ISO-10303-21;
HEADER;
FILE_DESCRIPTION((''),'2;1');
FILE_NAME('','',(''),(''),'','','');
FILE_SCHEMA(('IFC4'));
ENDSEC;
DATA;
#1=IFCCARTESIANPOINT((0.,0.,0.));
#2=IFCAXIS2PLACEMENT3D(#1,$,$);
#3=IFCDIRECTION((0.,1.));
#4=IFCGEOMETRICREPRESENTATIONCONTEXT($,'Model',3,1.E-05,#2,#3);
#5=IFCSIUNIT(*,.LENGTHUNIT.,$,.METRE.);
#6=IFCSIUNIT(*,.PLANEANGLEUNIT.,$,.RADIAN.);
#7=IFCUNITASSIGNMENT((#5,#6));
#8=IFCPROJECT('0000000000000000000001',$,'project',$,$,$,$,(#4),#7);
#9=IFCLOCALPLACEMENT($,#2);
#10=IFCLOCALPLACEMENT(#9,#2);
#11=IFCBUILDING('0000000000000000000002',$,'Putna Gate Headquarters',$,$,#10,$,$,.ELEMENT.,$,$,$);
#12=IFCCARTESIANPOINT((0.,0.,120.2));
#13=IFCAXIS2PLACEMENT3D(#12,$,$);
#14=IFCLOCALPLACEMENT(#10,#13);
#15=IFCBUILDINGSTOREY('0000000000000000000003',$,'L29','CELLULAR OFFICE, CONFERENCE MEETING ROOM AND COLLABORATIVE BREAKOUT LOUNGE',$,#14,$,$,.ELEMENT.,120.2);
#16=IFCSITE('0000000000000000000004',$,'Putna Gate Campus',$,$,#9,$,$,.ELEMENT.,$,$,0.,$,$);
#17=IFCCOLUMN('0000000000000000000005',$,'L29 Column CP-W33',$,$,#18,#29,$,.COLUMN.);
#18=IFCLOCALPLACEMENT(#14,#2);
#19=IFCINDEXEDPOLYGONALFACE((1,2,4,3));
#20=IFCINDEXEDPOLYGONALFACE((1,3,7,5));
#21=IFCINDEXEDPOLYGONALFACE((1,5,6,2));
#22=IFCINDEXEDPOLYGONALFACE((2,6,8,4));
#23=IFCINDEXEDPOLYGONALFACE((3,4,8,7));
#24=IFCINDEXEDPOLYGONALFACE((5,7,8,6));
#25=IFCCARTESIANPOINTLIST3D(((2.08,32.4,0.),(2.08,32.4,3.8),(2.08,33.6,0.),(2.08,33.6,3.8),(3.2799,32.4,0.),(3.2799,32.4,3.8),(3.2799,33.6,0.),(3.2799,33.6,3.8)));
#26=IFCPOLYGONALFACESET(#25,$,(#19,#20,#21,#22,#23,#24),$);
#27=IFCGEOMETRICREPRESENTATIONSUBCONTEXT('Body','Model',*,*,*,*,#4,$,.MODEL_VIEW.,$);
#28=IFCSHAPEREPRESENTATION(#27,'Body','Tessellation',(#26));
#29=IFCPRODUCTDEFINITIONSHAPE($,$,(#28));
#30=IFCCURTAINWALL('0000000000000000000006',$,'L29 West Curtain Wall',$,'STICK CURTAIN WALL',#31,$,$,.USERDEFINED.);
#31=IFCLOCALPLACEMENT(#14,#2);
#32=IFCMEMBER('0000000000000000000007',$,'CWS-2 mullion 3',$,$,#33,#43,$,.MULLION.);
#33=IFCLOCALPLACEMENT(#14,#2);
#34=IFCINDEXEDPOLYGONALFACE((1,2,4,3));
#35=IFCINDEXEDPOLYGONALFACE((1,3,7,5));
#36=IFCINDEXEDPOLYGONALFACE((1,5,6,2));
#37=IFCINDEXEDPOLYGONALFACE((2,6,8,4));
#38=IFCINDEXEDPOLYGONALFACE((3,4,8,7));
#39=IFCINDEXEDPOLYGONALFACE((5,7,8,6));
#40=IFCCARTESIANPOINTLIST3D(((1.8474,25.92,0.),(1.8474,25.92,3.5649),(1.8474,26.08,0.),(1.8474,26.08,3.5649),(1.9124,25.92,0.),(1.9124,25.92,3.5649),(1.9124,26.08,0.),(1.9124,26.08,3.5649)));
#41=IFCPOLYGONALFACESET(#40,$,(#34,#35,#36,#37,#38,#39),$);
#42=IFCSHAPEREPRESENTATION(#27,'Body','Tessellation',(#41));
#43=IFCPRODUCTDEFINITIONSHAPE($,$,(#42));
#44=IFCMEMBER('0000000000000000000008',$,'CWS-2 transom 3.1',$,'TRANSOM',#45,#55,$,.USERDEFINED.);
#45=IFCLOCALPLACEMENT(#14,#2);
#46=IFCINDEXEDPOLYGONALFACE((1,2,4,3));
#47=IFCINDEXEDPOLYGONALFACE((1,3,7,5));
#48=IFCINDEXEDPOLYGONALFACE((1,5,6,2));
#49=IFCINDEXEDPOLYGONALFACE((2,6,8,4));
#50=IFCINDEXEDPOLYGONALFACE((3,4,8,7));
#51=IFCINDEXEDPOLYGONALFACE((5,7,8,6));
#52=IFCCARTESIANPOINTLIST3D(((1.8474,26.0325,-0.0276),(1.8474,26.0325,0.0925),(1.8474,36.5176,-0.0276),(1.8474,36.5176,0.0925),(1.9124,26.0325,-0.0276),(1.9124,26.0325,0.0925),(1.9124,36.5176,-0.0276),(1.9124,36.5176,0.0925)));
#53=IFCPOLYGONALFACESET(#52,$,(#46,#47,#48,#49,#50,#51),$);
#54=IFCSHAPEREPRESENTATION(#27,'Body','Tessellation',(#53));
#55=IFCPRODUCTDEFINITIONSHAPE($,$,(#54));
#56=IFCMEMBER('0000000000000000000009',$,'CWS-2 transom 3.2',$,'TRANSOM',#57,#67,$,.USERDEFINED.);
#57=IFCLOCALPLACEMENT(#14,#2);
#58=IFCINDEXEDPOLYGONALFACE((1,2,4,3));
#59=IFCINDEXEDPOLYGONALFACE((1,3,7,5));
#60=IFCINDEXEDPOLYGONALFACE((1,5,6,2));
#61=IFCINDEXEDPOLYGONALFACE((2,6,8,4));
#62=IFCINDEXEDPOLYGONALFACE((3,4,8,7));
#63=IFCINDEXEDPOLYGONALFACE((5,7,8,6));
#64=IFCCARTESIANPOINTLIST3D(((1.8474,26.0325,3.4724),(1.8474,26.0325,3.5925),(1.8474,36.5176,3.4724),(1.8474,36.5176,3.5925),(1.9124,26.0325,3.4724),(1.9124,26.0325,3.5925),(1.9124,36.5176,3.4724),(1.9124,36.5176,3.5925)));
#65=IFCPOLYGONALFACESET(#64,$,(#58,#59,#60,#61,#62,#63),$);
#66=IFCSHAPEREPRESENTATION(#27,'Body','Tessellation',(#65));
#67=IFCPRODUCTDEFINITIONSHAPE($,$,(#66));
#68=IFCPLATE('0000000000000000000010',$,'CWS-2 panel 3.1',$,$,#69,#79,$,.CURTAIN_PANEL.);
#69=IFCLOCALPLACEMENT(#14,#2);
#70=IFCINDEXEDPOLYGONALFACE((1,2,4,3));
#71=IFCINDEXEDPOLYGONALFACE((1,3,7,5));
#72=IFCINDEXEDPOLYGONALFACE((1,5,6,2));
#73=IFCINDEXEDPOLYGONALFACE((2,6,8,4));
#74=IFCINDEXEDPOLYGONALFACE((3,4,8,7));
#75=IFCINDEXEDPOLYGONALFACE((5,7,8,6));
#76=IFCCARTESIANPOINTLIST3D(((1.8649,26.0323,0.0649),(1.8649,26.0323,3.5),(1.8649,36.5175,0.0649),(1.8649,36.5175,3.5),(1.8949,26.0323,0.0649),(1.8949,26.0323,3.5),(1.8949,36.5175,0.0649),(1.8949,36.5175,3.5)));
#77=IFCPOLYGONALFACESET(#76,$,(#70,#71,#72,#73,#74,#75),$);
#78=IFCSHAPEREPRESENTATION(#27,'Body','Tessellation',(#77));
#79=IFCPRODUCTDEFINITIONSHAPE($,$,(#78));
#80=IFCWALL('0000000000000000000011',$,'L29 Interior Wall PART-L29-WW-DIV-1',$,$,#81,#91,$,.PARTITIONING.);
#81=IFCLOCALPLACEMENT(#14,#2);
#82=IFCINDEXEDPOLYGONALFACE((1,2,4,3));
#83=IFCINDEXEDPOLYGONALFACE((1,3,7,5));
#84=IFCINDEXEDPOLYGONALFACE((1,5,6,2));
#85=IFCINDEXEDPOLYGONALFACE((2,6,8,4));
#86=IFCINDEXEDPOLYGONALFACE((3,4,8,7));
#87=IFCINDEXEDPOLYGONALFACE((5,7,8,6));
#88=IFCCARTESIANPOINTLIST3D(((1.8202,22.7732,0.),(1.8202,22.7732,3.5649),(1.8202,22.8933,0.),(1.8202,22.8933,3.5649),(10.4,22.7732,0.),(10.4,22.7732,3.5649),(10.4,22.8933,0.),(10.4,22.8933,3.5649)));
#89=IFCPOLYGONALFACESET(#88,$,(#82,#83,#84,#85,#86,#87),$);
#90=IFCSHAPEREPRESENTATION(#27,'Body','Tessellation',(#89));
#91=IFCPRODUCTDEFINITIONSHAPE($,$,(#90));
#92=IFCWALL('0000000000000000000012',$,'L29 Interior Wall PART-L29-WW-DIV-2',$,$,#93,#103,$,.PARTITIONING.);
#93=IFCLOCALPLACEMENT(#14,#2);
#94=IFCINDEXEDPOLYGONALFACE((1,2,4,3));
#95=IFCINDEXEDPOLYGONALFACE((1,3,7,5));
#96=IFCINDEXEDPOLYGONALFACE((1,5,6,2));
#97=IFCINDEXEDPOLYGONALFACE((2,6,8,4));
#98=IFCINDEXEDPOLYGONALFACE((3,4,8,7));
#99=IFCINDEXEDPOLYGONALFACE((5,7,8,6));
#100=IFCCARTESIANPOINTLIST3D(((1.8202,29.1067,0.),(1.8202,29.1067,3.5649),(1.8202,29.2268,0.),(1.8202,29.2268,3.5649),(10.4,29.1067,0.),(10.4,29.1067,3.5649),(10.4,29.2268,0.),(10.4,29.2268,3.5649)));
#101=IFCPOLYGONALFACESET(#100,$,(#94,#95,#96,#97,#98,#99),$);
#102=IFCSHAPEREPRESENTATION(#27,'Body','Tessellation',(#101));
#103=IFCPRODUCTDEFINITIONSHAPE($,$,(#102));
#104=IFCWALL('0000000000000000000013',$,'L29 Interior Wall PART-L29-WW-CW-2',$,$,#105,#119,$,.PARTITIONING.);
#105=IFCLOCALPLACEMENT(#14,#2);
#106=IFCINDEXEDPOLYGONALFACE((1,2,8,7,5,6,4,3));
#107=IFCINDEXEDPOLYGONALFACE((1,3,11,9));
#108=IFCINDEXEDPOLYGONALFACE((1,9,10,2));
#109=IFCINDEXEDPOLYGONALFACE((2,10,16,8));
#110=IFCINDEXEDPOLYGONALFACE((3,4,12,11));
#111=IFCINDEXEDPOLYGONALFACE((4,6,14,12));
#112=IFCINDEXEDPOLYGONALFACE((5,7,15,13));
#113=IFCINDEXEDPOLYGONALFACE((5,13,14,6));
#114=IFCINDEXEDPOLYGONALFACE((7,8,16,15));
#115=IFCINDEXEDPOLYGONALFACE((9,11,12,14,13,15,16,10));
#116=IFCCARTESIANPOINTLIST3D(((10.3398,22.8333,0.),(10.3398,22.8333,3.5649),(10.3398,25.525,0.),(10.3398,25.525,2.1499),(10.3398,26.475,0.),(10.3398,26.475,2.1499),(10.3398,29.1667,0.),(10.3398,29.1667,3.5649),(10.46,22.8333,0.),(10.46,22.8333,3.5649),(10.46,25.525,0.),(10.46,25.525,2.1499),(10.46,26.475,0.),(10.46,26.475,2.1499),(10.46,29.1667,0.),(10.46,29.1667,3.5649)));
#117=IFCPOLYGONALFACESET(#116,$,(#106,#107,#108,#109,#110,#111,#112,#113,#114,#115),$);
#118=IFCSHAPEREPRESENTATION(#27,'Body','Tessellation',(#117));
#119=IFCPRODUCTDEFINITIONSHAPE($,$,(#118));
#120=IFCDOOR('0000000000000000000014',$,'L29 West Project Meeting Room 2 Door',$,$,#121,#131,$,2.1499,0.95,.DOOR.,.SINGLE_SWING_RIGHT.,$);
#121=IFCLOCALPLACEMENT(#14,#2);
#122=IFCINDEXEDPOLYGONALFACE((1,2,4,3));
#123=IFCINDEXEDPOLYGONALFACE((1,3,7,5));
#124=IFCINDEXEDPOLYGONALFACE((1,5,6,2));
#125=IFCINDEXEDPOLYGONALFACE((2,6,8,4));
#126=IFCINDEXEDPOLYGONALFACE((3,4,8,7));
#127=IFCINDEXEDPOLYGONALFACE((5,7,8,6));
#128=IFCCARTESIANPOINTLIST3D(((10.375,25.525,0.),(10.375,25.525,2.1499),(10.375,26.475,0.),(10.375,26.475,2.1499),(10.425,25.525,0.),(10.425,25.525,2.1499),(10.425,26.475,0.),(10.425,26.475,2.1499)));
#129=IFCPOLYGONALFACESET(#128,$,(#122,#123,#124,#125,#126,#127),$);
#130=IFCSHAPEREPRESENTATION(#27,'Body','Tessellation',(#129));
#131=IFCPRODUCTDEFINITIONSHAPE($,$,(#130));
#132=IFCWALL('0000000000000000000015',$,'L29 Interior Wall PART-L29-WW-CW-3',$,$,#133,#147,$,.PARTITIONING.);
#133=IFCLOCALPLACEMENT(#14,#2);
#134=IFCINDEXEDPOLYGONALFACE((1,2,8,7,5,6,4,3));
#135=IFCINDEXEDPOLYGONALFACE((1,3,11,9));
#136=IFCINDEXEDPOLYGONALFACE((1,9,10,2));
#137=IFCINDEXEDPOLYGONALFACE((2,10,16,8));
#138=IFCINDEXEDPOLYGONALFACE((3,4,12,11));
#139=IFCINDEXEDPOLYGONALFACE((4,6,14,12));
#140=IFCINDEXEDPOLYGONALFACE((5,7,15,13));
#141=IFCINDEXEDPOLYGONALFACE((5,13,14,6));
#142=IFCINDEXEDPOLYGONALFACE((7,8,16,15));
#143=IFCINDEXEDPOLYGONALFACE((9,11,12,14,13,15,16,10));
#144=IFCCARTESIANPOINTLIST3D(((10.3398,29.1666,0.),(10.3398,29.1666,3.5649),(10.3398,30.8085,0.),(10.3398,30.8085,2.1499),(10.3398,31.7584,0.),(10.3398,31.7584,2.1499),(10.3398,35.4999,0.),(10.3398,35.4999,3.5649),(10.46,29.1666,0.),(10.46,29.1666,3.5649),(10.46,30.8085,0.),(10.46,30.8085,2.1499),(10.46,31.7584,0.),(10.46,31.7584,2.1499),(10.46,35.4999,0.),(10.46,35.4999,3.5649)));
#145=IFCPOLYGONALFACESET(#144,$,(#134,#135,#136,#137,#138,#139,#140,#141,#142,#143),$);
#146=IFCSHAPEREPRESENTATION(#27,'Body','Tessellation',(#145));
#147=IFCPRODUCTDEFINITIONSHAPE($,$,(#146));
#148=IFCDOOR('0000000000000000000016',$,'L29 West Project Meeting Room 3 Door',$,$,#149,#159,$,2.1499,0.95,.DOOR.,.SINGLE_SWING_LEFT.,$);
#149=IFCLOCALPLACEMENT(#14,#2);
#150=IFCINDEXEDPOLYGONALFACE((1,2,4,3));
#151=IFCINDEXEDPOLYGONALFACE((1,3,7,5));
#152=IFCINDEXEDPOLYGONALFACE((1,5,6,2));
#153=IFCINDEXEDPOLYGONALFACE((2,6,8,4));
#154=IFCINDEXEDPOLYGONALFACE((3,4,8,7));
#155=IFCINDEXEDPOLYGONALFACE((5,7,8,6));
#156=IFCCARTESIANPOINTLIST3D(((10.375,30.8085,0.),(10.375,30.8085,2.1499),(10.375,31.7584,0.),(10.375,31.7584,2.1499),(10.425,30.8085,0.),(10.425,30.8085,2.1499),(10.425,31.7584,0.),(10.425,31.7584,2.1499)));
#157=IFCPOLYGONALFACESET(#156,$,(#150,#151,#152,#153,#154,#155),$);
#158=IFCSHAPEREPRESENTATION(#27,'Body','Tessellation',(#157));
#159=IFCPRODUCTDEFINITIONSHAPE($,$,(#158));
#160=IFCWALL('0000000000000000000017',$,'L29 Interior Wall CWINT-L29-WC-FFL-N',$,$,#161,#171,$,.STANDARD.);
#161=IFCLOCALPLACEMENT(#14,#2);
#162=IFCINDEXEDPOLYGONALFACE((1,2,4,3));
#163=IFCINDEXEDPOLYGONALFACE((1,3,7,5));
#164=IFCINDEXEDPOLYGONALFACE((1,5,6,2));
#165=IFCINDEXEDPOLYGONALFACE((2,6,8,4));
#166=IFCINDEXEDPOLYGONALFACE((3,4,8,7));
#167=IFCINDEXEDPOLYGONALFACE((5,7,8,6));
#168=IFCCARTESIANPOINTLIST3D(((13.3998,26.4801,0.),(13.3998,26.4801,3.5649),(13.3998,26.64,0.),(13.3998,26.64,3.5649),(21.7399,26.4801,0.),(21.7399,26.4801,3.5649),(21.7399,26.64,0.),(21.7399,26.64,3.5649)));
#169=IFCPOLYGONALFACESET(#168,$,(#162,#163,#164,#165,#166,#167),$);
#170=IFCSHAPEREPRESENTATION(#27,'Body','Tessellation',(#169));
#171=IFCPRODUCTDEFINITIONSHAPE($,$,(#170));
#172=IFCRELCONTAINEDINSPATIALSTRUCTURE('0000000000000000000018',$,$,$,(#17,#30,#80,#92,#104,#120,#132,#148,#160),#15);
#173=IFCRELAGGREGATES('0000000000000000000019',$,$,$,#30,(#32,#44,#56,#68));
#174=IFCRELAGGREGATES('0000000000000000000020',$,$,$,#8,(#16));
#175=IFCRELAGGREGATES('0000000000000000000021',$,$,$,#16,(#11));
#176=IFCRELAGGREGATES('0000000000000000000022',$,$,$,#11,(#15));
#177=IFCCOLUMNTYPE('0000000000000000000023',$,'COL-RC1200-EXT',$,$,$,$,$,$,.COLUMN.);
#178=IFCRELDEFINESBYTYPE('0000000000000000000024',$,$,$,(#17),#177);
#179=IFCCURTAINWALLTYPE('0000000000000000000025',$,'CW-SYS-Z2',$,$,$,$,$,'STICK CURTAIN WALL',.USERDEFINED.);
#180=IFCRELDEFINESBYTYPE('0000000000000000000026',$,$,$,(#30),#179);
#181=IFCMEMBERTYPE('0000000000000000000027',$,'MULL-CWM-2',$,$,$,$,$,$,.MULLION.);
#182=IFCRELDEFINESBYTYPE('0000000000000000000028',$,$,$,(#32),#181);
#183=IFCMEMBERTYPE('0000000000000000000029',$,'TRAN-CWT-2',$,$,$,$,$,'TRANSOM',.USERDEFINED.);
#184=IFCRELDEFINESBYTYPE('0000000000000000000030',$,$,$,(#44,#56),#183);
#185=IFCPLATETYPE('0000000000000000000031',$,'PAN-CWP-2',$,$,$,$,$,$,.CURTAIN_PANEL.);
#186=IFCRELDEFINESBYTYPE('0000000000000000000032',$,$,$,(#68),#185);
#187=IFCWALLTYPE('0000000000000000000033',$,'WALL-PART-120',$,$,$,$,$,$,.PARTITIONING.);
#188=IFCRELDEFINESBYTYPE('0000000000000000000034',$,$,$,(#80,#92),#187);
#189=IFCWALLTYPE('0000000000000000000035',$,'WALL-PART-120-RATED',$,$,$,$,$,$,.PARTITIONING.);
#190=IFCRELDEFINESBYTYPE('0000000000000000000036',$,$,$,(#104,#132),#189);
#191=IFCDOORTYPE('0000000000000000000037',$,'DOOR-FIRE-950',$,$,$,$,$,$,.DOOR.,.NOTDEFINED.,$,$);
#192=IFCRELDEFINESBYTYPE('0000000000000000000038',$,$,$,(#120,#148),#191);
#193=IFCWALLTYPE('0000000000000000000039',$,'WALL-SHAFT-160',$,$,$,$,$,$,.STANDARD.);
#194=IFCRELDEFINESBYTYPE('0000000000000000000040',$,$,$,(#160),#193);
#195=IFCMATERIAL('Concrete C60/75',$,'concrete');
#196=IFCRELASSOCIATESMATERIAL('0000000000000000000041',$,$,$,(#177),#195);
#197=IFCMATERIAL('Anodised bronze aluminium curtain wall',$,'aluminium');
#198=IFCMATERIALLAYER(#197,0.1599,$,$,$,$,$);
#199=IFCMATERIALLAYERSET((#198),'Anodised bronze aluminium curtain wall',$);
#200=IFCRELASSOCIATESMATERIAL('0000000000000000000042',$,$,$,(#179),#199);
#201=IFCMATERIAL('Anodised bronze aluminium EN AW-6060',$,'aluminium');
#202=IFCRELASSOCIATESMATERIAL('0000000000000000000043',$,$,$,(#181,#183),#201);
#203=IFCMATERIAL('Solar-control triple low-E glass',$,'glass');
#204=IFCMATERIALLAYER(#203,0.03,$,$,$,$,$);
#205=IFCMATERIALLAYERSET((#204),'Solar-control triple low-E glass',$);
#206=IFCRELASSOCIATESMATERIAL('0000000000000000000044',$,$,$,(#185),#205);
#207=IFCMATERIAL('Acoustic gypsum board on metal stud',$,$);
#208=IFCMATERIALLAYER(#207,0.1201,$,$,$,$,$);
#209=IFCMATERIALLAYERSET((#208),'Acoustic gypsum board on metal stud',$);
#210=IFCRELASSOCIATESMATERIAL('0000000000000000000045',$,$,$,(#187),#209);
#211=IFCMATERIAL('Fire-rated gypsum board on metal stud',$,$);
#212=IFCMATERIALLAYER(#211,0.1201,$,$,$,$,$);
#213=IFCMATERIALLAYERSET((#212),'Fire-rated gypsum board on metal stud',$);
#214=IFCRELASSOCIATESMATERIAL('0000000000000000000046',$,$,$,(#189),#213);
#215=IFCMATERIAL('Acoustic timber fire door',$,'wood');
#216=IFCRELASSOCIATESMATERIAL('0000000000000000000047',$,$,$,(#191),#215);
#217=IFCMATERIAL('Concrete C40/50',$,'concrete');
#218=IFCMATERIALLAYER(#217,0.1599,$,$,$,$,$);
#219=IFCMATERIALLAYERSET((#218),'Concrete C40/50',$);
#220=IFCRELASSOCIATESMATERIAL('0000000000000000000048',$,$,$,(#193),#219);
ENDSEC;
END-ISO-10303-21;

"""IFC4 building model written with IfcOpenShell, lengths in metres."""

from ifc_helpers import new_model, si_unit, direction, frame, frame_2d, origin, origin_2d, place, context, subcontext, project, spatial, rectangle, extrude, material, layer, layer_set, material_profile, profile_set, type_object, element, fill, aggregate, save


model = new_model("IFC4")

# Units and contexts
model_context = context("Model", 3, precision=1e-05, world=origin(), true_north=direction((0.0, 1.0)))
body_context = subcontext(model_context, "Body", "Model", "MODEL_VIEW")
ifc_project = project(units=[si_unit("LENGTHUNIT", "METRE"), si_unit("PLANEANGLEUNIT", "RADIAN")], contexts=[model_context])

# Site, building, storey
site_placement = place(None, origin())
site = spatial("IfcSite", under=ifc_project, at=site_placement, Name="Putna Gate Campus", CompositionType="ELEMENT", RefElevation=0.0)
building_placement = place(site_placement, origin())
building = spatial("IfcBuilding", under=site, at=building_placement, Name="Putna Gate Headquarters", CompositionType="ELEMENT")
storey_placement = place(building_placement, frame((0.0, 0.0, 120.2)))
storey = spatial("IfcBuildingStorey", under=building, at=storey_placement, Name="L29", Description="CELLULAR OFFICE, CONFERENCE MEETING ROOM AND COLLABORATIVE BREAKOUT LOUNGE", CompositionType="ELEMENT", Elevation=120.2)

# Column
ifc_material_1 = material(Name="Concrete C60/75", Category="concrete")
ifc_material_profile_1 = material_profile(ifc_material_1, rectangle(XDim=1.2, YDim=1.2, at=origin_2d()), Name="Concrete C60/75")
ifc_profile_set_1 = profile_set([ifc_material_profile_1], Name="Concrete C60/75")
column_type = type_object("IfcColumnType", Name="COL-RC1200-EXT", PredefinedType="COLUMN", material=ifc_profile_set_1)
column_placement = place(storey_placement, frame((2.6799, 33.0, 0.0), z_axis=(0.0, 0.0, 1.0), x_axis=(1.0, 0.0, 0.0)))
element("IfcColumn", 1, at=column_placement, inside=storey, type_object=column_type, Name="L29 Column CP-W33", PredefinedType="COLUMN", context=body_context, shape_type="SweptSolid", body=[
    extrude(rectangle(XDim=1.2, YDim=1.2, at=origin_2d()), origin(), (0.0, 0.0, 1.0), 3.8),
])

# Curtain wall, members, plate
ifc_material_2 = material(Name="Anodised bronze aluminium curtain wall", Category="aluminium")
ifc_layer_1 = layer(ifc_material_2, 0.1599)
ifc_layer_set_1 = layer_set([ifc_layer_1], Name="Anodised bronze aluminium curtain wall")
curtain_wall_type = type_object("IfcCurtainWallType", Name="CW-SYS-Z2", ElementType="STICK CURTAIN WALL", PredefinedType="USERDEFINED", material=ifc_layer_set_1)
curtain_wall_placement = place(storey_placement, origin())
curtain_wall = element("IfcCurtainWall", 2, at=curtain_wall_placement, inside=storey, type_object=curtain_wall_type, Name="L29 West Curtain Wall", ObjectType="STICK CURTAIN WALL", PredefinedType="USERDEFINED")
ifc_material_3 = material(Name="Anodised bronze aluminium EN AW-6060", Category="aluminium")
ifc_material_profile_2 = material_profile(ifc_material_3, rectangle(XDim=0.0649, YDim=0.1599, at=origin_2d()), Name="Anodised bronze aluminium EN AW-6060")
ifc_profile_set_2 = profile_set([ifc_material_profile_2], Name="Anodised bronze aluminium EN AW-6060")
member_type_1 = type_object("IfcMemberType", Name="MULL-CWM-2", PredefinedType="MULLION", material=ifc_profile_set_2)
member_1_placement = place(storey_placement, frame((1.8799, 26.0, 0.0), z_axis=(0.0, 0.0, 1.0), x_axis=(-1.0, 0.0, 0.0)))
member_1 = element("IfcMember", 3, at=member_1_placement, type_object=member_type_1, Name="CWS-2 mullion 3", PredefinedType="MULLION", context=body_context, shape_type="SweptSolid", body=[
    extrude(rectangle(XDim=0.0649, YDim=0.1599, at=origin_2d()), origin(), (0.0, 0.0, 1.0), 3.5649),
])
ifc_material_profile_3 = material_profile(ifc_material_3, rectangle(XDim=0.0649, YDim=0.1201, at=origin_2d()), Name="Anodised bronze aluminium EN AW-6060")
ifc_profile_set_3 = profile_set([ifc_material_profile_3], Name="Anodised bronze aluminium EN AW-6060")
member_type_2 = type_object("IfcMemberType", Name="TRAN-CWT-2", ElementType="TRANSOM", PredefinedType="USERDEFINED", material=ifc_profile_set_3)
member_2_placement = place(storey_placement, frame((1.8799, 26.0325, 0.0325), z_axis=(0.0, 1.0, 0.0), x_axis=(-1.0, 0.0, 0.0)))
member_2 = element("IfcMember", 4, at=member_2_placement, type_object=member_type_2, Name="CWS-2 transom 3.1", ObjectType="TRANSOM", PredefinedType="USERDEFINED", context=body_context, shape_type="SweptSolid", body=[
    extrude(rectangle(XDim=0.0649, YDim=0.1201, at=origin_2d()), origin(), (0.0, 0.0, 1.0), 10.4851),
])
member_3_placement = place(storey_placement, frame((1.8799, 26.0325, 3.5325), z_axis=(0.0, 1.0, 0.0), x_axis=(-1.0, 0.0, 0.0)))
member_3 = element("IfcMember", 5, at=member_3_placement, type_object=member_type_2, Name="CWS-2 transom 3.2", ObjectType="TRANSOM", PredefinedType="USERDEFINED", context=body_context, shape_type="SweptSolid", body=[
    extrude(rectangle(XDim=0.0649, YDim=0.1201, at=origin_2d()), origin(), (0.0, 0.0, 1.0), 10.4851),
])
ifc_material_4 = material(Name="Solar-control triple low-E glass", Category="glass")
ifc_layer_2 = layer(ifc_material_4, 0.03)
ifc_layer_set_2 = layer_set([ifc_layer_2], Name="Solar-control triple low-E glass")
plate_type = type_object("IfcPlateType", Name="PAN-CWP-2", PredefinedType="CURTAIN_PANEL", material=ifc_layer_set_2)
plate_placement = place(storey_placement, frame((1.8799, 31.2749, 0.0649), z_axis=(0.0, 0.0, 1.0), x_axis=(0.0, 1.0, 0.0)))
plate = element("IfcPlate", 6, at=plate_placement, type_object=plate_type, Name="CWS-2 panel 3.1", PredefinedType="CURTAIN_PANEL", context=body_context, shape_type="SweptSolid", body=[
    extrude(rectangle(XDim=10.4851, YDim=0.03, at=origin_2d()), origin(), (0.0, 0.0, 1.0), 3.4351),
])
aggregate(curtain_wall, [member_1, member_2, member_3, plate])

# Walls
ifc_material_5 = material(Name="Acoustic gypsum board on metal stud")
ifc_layer_3 = layer(ifc_material_5, 0.1201)
ifc_layer_set_3 = layer_set([ifc_layer_3], Name="Acoustic gypsum board on metal stud")
wall_type_1 = type_object("IfcWallType", Name="WALL-PART-120", PredefinedType="PARTITIONING", material=ifc_layer_set_3)
for number, where, z_axis, x_axis, name in (
    (7, (1.8201, 22.8333, 0.0), (0.0, 0.0, 1.0), (1.0, 0.0, 0.0), "L29 Interior Wall PART-L29-WW-DIV-1"),
    (8, (1.8201, 29.1667, 0.0), (0.0, 0.0, 1.0), (1.0, 0.0, 0.0), "L29 Interior Wall PART-L29-WW-DIV-2"),
):
    element("IfcWall", number, at=place(storey_placement, frame(where, z_axis=z_axis, x_axis=x_axis)), inside=storey, type_object=wall_type_1, Name=name, PredefinedType="PARTITIONING", context=body_context, shape_type="SweptSolid", body=[
        extrude(rectangle(XDim=8.5798, YDim=0.1201, at=frame_2d((4.29, 0.0))), origin(), (0.0, 0.0, 1.0), 3.5649),
    ])

# Walls, openings, doors
ifc_material_6 = material(Name="Fire-rated gypsum board on metal stud")
ifc_layer_4 = layer(ifc_material_6, 0.1201)
ifc_layer_set_4 = layer_set([ifc_layer_4], Name="Fire-rated gypsum board on metal stud")
wall_type_2 = type_object("IfcWallType", Name="WALL-PART-120-RATED", PredefinedType="PARTITIONING", material=ifc_layer_set_4)
wall_1_placement = place(storey_placement, frame((10.3999, 22.8333, 0.0), z_axis=(0.0, 0.0, 1.0), x_axis=(0.0, 1.0, 0.0)))
wall_1 = element("IfcWall", 9, at=wall_1_placement, inside=storey, type_object=wall_type_2, Name="L29 Interior Wall PART-L29-WW-CW-2", PredefinedType="PARTITIONING", context=body_context, shape_type="SweptSolid", body=[
    extrude(rectangle(XDim=6.3335, YDim=0.1201, at=frame_2d((3.1667, 0.0))), origin(), (0.0, 0.0, 1.0), 3.5649),
])
opening_1_placement = place(wall_1_placement, frame((2.6917, 0.0, 0.0)))
opening_1 = element("IfcOpeningElement", 10, at=opening_1_placement, cuts=wall_1, PredefinedType="OPENING", context=body_context, shape_type="SweptSolid", body=[
    extrude(rectangle(XDim=0.95, YDim=2.1499, at=frame_2d((0.4751, 1.075))), frame((0.0, 0.0701, 0.0), z_axis=(0.0, -1.0, 0.0), x_axis=(1.0, 0.0, 0.0)), (0.0, 0.0, 1.0), 0.1401),
])
ifc_material_7 = material(Name="Acoustic timber fire door", Category="wood")
door_type_1 = type_object("IfcDoorType", Name="DOOR-FIRE-950", OperationType="NOTDEFINED", PredefinedType="DOOR", material=ifc_material_7)
door_1_placement = place(opening_1_placement, origin())
door_1 = element("IfcDoor", 11, at=door_1_placement, inside=storey, type_object=door_type_1, Name="L29 West Project Meeting Room 2 Door", OperationType="SINGLE_SWING_RIGHT", OverallHeight=2.1499, OverallWidth=0.95, PredefinedType="DOOR", context=body_context, shape_type="SweptSolid", body=[
    extrude(rectangle(XDim=0.95, YDim=2.1499, at=frame_2d((0.4751, 1.075))), frame((0.0, 0.0249, 0.0), z_axis=(0.0, -1.0, 0.0), x_axis=(1.0, 0.0, 0.0)), (0.0, 0.0, 1.0), 0.05),
])
fill(opening_1, door_1)
wall_2_placement = place(storey_placement, frame((10.3999, 29.1667, 0.0), z_axis=(0.0, 0.0, 1.0), x_axis=(0.0, 1.0, 0.0)))
wall_2 = element("IfcWall", 12, at=wall_2_placement, inside=storey, type_object=wall_type_2, Name="L29 Interior Wall PART-L29-WW-CW-3", PredefinedType="PARTITIONING", context=body_context, shape_type="SweptSolid", body=[
    extrude(rectangle(XDim=6.3333, YDim=0.1201, at=frame_2d((3.1665, 0.0))), origin(), (0.0, 0.0, 1.0), 3.5649),
])
opening_2_placement = place(wall_2_placement, frame((1.6416, 0.0, 0.0)))
opening_2 = element("IfcOpeningElement", 13, at=opening_2_placement, cuts=wall_2, PredefinedType="OPENING", context=body_context, shape_type="SweptSolid", body=[
    extrude(rectangle(XDim=0.95, YDim=2.1499, at=frame_2d((0.4751, 1.075))), frame((0.0, 0.0701, 0.0), z_axis=(0.0, -1.0, 0.0), x_axis=(1.0, 0.0, 0.0)), (0.0, 0.0, 1.0), 0.1401),
])
door_2_placement = place(opening_2_placement, origin())
door_2 = element("IfcDoor", 14, at=door_2_placement, inside=storey, type_object=door_type_1, Name="L29 West Project Meeting Room 3 Door", OperationType="SINGLE_SWING_LEFT", OverallHeight=2.1499, OverallWidth=0.95, PredefinedType="DOOR", context=body_context, shape_type="SweptSolid", body=[
    extrude(rectangle(XDim=0.95, YDim=2.1499, at=frame_2d((0.4751, 1.075))), frame((0.0, 0.0249, 0.0), z_axis=(0.0, -1.0, 0.0), x_axis=(1.0, 0.0, 0.0)), (0.0, 0.0, 1.0), 0.05),
])
fill(opening_2, door_2)

# Wall
ifc_material_8 = material(Name="Concrete C40/50", Category="concrete")
ifc_layer_5 = layer(ifc_material_8, 0.1599)
ifc_layer_set_5 = layer_set([ifc_layer_5], Name="Concrete C40/50")
wall_type_3 = type_object("IfcWallType", Name="WALL-SHAFT-160", PredefinedType="STANDARD", material=ifc_layer_set_5)
wall_3_placement = place(storey_placement, frame((13.3999, 26.5601, 0.0), z_axis=(0.0, 0.0, 1.0), x_axis=(1.0, 0.0, 0.0)))
element("IfcWall", 15, at=wall_3_placement, inside=storey, type_object=wall_type_3, Name="L29 Interior Wall CWINT-L29-WC-FFL-N", PredefinedType="STANDARD", context=body_context, shape_type="SweptSolid", body=[
    extrude(rectangle(XDim=8.3401, YDim=0.1599, at=frame_2d((4.1699, 0.0))), origin(), (0.0, 0.0, 1.0), 3.5649),
])

save(model, "model.ifc")
